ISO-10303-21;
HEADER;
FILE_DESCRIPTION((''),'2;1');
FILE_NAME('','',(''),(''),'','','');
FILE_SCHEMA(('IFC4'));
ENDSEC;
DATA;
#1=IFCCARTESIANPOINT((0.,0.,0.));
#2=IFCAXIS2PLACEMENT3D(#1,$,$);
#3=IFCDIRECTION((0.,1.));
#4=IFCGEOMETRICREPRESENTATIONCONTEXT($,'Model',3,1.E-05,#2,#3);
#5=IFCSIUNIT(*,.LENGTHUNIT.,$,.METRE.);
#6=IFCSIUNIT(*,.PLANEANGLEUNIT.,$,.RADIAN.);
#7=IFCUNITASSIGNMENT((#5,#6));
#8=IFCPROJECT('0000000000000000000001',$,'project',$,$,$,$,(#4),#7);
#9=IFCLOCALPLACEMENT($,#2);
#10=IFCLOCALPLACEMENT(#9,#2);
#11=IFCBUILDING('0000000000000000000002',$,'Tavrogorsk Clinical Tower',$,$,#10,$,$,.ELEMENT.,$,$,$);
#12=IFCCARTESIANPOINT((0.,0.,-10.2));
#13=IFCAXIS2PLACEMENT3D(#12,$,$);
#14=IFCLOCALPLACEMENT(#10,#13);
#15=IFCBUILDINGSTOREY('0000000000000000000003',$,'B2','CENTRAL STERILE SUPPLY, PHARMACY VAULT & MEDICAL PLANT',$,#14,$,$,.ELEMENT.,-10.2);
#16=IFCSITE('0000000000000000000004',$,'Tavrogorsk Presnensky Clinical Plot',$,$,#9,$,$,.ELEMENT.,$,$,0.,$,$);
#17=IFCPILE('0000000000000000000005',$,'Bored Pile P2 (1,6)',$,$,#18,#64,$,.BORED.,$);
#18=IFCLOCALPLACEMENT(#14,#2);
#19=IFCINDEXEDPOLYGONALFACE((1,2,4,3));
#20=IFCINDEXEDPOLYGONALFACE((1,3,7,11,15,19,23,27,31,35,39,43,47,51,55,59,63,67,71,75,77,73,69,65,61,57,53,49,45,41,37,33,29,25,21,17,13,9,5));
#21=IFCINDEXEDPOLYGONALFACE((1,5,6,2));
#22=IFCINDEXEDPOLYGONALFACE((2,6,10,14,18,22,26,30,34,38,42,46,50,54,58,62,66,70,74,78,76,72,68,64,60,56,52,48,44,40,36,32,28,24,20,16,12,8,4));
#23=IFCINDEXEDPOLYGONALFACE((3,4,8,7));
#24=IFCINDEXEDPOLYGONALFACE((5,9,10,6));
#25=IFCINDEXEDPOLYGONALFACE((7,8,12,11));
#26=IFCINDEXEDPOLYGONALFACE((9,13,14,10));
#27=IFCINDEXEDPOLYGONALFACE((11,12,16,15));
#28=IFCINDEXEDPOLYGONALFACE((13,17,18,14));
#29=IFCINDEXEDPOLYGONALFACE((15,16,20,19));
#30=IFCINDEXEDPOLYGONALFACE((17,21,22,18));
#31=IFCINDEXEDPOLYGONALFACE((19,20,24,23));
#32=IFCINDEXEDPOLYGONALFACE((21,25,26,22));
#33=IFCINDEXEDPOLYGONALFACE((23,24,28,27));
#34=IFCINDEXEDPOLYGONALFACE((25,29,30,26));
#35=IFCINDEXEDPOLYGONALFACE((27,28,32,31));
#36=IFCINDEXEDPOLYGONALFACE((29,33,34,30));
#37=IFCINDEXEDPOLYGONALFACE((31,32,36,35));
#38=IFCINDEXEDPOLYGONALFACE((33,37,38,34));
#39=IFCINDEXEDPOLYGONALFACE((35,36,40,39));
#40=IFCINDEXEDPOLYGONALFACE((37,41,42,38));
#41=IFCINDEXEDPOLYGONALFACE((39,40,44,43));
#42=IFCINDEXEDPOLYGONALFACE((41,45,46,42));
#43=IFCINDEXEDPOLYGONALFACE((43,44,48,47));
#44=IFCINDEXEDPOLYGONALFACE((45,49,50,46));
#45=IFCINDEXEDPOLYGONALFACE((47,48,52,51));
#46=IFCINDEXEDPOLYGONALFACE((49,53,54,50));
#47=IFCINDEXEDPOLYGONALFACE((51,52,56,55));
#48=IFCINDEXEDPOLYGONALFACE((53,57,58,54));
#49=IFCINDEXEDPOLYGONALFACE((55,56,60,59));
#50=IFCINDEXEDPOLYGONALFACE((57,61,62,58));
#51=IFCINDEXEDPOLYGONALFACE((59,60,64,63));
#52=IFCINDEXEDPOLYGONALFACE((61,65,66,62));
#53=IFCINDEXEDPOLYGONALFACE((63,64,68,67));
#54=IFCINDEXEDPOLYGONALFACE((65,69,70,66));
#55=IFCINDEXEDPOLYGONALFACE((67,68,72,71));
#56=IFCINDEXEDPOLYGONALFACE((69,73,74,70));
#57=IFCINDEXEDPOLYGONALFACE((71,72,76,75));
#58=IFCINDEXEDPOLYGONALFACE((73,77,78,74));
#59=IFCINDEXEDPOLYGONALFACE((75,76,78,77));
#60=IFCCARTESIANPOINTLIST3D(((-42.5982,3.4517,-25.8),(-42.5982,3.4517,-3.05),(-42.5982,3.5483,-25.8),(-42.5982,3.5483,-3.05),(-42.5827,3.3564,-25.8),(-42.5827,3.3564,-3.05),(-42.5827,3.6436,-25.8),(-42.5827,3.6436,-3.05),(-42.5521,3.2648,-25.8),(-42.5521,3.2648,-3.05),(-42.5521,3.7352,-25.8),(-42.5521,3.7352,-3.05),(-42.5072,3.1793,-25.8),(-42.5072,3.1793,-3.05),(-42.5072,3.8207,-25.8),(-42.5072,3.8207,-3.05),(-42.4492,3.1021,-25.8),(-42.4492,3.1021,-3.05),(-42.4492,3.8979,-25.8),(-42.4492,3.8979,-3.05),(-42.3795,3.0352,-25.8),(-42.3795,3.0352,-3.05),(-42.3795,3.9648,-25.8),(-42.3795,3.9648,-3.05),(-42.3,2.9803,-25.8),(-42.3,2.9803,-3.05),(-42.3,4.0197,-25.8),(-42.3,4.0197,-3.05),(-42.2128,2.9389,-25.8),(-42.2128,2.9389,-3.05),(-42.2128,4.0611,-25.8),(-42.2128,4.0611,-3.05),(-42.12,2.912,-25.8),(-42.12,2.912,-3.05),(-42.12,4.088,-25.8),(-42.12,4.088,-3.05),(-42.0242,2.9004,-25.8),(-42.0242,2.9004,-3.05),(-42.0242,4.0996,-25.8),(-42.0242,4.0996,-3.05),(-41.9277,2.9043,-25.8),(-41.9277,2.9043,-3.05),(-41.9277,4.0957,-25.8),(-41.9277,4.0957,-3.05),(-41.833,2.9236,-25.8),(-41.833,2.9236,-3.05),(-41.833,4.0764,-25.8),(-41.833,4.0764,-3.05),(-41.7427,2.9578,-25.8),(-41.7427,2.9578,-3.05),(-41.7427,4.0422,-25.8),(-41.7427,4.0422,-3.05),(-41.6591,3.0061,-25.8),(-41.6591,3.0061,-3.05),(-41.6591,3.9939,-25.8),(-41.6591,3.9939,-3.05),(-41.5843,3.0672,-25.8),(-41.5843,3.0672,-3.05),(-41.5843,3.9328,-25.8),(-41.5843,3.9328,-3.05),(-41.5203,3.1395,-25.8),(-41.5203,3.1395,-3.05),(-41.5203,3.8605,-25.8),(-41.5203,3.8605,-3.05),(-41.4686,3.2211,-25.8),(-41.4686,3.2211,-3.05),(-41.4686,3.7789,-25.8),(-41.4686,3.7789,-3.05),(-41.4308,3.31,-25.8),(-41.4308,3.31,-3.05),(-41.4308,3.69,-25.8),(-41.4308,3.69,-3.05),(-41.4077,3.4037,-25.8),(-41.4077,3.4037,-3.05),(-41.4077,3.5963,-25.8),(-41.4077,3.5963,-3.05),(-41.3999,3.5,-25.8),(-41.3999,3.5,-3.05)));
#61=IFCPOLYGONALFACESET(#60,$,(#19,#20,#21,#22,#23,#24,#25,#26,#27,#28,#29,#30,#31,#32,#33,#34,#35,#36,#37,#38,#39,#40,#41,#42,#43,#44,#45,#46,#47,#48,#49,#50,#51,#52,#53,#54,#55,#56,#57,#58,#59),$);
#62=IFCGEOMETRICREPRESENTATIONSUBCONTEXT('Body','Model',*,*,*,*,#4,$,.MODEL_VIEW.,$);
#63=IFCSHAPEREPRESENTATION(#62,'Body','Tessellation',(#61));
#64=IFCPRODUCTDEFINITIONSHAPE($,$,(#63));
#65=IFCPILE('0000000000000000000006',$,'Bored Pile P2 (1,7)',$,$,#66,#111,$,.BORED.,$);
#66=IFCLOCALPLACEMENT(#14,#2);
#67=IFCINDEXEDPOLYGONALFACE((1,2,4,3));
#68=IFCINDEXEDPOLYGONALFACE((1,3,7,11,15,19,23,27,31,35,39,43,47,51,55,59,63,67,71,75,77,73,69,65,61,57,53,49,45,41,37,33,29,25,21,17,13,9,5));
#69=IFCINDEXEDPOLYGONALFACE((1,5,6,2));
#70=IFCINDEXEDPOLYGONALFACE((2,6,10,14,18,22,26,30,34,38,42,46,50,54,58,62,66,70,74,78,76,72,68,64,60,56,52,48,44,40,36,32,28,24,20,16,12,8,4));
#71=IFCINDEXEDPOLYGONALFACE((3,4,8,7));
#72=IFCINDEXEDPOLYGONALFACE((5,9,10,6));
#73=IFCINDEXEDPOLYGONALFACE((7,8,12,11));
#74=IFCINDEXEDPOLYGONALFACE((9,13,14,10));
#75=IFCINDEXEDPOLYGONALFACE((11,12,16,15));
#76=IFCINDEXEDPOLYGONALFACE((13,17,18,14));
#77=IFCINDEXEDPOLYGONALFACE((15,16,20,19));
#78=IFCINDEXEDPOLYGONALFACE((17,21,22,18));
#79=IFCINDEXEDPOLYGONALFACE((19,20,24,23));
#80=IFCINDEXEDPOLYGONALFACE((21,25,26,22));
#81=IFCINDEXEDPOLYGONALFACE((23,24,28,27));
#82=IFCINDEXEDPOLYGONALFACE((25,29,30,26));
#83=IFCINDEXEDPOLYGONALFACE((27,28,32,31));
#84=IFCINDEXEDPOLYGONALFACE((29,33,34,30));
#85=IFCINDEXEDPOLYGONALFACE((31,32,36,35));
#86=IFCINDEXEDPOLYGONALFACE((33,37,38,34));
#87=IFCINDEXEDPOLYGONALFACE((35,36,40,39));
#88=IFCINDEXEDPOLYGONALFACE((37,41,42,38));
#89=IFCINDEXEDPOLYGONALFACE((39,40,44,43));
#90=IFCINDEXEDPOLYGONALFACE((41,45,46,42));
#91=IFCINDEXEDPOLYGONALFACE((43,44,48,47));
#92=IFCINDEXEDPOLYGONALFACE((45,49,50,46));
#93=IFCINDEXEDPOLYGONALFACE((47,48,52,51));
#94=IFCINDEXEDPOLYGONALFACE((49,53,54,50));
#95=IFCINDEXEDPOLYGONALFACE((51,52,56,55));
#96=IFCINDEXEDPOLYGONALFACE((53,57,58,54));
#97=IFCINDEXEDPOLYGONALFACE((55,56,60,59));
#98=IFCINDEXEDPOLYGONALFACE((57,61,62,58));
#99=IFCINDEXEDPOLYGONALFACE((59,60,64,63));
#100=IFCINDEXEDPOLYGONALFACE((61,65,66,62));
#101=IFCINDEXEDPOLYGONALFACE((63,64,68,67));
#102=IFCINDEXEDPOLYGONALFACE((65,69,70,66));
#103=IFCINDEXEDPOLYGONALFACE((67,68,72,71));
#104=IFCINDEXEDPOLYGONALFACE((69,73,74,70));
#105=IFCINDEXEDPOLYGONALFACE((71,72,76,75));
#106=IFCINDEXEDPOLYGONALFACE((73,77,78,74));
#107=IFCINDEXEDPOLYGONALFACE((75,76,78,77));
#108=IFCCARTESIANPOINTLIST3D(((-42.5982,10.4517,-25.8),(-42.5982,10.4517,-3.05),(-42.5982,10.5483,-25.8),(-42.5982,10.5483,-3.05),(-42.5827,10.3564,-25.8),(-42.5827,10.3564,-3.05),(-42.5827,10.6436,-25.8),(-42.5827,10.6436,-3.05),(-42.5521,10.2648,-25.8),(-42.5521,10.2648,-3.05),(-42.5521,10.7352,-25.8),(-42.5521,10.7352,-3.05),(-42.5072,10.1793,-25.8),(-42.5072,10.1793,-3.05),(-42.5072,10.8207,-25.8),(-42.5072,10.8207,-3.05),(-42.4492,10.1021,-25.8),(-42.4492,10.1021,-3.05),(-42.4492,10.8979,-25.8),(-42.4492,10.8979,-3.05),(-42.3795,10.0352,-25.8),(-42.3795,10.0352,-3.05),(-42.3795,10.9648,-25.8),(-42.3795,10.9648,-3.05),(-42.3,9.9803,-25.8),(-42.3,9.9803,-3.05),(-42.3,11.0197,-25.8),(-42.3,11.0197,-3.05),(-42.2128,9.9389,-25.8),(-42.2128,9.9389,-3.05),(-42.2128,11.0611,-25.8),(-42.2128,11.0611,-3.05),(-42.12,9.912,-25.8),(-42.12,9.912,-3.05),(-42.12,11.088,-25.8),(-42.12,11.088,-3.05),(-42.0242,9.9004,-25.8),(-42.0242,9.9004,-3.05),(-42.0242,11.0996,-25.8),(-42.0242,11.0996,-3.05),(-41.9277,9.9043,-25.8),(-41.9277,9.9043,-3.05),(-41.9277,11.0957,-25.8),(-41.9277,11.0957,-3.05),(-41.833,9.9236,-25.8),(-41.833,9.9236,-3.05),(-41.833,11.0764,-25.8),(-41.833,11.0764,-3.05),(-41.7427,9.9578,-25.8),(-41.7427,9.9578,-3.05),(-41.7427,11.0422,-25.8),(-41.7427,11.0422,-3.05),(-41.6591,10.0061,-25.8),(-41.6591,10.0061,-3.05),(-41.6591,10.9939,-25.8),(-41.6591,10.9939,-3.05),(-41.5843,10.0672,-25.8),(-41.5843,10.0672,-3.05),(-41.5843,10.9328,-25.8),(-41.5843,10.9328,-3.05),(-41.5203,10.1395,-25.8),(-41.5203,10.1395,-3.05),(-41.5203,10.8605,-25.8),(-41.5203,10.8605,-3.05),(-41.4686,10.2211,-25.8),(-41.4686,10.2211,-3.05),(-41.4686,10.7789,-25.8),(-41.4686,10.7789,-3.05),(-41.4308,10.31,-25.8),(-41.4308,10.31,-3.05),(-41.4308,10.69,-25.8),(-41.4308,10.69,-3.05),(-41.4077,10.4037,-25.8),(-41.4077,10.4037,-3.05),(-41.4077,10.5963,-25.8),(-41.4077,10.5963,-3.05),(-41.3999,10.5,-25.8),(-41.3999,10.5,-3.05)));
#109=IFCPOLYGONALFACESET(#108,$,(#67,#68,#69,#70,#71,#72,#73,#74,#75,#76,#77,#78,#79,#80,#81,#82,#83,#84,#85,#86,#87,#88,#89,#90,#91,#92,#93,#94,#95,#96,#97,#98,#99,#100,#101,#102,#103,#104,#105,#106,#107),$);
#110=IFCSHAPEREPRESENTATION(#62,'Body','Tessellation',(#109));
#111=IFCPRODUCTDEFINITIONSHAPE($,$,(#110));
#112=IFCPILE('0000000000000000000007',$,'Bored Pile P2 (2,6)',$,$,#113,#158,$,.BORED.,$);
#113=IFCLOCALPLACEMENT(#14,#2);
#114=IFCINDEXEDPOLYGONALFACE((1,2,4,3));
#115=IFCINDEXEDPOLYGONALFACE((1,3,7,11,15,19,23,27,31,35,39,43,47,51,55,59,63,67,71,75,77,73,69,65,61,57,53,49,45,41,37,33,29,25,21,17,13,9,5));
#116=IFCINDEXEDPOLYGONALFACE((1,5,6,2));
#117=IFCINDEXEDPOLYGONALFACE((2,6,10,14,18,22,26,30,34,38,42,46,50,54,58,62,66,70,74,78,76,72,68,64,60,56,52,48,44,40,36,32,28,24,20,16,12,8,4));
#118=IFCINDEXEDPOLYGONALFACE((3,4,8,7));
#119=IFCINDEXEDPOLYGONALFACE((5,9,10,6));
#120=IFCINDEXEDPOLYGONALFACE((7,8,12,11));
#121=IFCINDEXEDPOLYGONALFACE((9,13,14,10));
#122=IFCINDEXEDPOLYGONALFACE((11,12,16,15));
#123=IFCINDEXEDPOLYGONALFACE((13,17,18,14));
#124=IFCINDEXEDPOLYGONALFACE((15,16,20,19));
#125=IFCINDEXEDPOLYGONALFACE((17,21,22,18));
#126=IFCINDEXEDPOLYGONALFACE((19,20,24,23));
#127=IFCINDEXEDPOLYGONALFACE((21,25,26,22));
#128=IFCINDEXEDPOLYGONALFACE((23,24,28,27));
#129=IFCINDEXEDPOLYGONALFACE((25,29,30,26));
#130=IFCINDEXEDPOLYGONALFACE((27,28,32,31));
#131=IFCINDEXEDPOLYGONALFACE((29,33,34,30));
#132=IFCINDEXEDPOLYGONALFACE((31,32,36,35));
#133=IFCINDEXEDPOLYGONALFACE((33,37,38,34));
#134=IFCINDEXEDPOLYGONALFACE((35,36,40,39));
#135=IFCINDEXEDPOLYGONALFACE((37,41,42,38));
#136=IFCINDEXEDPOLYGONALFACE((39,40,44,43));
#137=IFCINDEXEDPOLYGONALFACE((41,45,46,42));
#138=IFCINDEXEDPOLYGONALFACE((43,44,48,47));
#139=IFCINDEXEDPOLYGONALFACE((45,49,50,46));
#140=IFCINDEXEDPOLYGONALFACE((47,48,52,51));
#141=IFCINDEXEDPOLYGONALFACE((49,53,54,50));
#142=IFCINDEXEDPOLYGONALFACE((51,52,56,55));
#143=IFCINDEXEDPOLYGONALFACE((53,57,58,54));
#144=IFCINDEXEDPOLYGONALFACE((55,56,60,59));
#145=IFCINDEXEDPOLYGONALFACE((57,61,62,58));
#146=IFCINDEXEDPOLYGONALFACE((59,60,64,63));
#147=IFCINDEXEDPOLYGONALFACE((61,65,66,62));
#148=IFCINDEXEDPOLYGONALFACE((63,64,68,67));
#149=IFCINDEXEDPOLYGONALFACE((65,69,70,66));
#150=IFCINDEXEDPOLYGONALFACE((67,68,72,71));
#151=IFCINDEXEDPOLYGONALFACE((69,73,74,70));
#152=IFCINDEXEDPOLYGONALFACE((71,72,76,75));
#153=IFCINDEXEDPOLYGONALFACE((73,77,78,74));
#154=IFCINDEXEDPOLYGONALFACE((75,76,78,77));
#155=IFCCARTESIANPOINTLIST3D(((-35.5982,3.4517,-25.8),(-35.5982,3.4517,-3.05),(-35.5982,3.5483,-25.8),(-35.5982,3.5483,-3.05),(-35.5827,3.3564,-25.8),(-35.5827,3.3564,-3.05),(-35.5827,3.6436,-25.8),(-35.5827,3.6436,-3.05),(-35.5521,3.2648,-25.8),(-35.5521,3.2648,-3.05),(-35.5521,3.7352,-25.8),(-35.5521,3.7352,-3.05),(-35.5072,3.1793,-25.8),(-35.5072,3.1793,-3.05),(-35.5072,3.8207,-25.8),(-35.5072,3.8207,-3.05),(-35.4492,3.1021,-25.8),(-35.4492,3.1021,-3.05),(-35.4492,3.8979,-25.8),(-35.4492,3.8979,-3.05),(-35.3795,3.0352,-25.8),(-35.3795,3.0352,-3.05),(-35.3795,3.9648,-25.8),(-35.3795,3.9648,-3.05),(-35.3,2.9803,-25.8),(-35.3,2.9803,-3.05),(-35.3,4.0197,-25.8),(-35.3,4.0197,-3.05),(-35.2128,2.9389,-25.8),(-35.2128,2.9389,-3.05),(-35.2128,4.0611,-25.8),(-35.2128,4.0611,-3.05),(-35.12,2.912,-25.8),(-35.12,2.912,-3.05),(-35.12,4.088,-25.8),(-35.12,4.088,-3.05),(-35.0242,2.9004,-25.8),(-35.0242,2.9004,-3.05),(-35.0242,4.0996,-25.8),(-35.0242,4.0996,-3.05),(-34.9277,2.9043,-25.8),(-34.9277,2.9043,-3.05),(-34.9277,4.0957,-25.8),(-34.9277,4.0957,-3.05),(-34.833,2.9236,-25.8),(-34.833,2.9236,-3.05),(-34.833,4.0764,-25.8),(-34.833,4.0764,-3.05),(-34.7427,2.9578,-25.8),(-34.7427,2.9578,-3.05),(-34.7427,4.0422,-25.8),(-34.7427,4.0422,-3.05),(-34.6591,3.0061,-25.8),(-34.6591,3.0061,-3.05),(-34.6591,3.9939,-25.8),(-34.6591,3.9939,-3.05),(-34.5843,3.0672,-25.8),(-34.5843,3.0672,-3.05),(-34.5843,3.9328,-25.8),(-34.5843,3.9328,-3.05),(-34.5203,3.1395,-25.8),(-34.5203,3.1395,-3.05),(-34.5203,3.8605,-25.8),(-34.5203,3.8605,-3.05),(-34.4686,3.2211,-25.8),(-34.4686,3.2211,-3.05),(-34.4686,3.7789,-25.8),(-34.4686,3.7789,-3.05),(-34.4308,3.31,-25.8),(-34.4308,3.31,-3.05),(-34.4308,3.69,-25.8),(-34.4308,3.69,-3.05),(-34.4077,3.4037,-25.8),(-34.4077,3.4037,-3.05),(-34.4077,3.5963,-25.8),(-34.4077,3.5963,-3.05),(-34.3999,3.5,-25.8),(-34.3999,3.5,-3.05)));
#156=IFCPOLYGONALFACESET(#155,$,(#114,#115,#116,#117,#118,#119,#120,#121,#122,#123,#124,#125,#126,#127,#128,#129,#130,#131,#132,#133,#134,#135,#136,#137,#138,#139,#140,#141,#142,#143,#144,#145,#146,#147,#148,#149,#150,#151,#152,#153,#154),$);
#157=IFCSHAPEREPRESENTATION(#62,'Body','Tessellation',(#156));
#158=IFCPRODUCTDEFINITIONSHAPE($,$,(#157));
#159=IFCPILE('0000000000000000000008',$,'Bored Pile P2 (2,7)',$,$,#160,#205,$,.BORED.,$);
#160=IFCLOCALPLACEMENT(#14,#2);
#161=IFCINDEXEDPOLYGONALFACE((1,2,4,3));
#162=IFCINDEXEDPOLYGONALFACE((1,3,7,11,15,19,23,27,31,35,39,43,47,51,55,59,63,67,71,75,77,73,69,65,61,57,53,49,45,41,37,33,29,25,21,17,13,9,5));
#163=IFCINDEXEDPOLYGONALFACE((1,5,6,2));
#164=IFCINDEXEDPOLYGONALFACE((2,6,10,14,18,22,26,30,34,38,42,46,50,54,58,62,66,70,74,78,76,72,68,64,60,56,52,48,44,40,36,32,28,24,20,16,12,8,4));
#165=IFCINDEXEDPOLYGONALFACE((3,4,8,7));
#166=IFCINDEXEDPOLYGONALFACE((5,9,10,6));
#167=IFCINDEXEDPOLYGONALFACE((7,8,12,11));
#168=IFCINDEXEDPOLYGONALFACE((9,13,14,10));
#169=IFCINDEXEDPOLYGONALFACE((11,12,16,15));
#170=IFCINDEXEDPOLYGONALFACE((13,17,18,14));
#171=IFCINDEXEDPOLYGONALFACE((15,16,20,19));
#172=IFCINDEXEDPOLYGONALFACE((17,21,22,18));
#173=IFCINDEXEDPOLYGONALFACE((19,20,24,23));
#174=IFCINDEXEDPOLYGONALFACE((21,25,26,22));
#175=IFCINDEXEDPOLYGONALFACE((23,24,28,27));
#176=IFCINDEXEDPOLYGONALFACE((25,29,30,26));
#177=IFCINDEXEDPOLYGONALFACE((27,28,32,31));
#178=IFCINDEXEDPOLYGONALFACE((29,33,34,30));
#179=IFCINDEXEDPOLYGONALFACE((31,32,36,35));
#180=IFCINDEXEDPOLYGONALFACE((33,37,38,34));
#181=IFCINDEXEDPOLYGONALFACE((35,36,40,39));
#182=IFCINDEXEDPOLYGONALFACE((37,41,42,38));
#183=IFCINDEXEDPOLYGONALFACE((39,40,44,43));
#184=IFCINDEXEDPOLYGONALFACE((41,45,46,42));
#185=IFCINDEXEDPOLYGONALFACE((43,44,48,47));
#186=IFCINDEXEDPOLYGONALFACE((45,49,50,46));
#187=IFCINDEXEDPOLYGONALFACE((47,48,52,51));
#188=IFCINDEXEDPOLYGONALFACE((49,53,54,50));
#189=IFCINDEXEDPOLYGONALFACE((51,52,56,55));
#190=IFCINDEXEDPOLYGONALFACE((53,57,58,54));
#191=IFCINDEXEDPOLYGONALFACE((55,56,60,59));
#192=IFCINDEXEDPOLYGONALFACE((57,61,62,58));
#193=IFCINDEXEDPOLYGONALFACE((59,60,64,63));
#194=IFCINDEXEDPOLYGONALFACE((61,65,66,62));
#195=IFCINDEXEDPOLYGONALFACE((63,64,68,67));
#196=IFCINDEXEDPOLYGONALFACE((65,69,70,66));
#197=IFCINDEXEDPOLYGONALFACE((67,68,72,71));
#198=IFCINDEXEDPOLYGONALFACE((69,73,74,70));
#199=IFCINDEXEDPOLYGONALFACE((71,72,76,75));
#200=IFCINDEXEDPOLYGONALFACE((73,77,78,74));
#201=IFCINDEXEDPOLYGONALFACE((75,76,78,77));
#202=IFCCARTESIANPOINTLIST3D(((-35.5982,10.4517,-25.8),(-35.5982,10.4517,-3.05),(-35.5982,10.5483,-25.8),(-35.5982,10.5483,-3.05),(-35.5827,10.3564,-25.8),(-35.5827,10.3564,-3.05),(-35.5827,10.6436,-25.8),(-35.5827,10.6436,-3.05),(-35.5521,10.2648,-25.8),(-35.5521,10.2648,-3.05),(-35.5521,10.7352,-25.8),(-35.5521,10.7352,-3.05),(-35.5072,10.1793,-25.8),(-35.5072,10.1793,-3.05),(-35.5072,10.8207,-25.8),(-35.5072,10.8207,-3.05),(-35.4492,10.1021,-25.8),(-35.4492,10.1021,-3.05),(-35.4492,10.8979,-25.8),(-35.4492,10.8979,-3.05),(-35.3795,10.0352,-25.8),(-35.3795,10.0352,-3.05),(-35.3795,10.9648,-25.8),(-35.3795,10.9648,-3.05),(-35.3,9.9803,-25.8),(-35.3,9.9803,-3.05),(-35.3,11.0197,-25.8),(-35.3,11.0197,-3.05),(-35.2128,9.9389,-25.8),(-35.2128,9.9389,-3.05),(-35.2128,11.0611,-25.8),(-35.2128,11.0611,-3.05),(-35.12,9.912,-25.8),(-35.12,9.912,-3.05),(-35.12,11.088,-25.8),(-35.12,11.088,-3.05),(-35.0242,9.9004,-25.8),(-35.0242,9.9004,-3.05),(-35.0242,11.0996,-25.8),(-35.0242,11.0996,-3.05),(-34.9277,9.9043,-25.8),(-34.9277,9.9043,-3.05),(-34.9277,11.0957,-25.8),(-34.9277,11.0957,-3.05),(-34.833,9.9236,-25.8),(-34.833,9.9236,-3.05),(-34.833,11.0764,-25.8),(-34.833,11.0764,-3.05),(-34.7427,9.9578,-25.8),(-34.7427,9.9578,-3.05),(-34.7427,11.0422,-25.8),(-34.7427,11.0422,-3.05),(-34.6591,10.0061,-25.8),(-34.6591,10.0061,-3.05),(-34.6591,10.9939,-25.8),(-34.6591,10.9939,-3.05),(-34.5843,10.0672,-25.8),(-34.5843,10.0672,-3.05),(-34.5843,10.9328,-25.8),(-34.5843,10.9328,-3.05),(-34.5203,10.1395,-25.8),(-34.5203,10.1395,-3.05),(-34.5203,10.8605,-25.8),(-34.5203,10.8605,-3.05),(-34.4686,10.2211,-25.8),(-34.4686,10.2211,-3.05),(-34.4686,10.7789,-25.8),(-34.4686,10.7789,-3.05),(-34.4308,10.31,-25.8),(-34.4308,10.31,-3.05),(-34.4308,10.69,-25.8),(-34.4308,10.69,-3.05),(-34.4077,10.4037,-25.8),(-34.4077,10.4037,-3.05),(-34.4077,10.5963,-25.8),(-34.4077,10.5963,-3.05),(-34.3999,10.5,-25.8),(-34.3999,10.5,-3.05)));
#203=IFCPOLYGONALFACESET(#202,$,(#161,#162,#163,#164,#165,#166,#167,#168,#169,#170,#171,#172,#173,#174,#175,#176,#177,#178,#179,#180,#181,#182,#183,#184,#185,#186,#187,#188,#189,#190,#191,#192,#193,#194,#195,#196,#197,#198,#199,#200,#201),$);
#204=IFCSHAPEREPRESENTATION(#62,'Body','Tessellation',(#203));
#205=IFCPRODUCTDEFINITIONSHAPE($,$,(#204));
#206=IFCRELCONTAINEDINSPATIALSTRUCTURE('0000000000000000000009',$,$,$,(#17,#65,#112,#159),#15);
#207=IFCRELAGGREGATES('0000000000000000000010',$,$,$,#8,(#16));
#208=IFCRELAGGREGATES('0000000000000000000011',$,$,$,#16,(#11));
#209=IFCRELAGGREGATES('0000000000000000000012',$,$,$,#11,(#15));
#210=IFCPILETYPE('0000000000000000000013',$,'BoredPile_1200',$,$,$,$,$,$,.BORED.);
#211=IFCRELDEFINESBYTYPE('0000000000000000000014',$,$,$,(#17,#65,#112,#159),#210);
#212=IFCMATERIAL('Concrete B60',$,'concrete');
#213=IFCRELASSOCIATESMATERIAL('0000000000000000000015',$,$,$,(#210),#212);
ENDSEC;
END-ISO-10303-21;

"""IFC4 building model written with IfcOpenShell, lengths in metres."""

from ifc_helpers import new_model, si_unit, direction, frame, origin, origin_2d, place, context, subcontext, project, spatial, circle, extrude, material, material_profile, profile_set, type_object, element, save


model = new_model("IFC4")

# Units and contexts
model_context = context("Model", 3, precision=1e-05, world=origin(), true_north=direction((0.0, 1.0)))
body_context = subcontext(model_context, "Body", "Model", "MODEL_VIEW")
ifc_project = project(units=[si_unit("LENGTHUNIT", "METRE"), si_unit("PLANEANGLEUNIT", "RADIAN")], contexts=[model_context])

# Site, building, storey
site_placement = place(None, origin())
site = spatial("IfcSite", under=ifc_project, at=site_placement, Name="Tavrogorsk Presnensky Clinical Plot", CompositionType="ELEMENT", RefElevation=0.0)
building_placement = place(site_placement, origin())
building = spatial("IfcBuilding", under=site, at=building_placement, Name="Tavrogorsk Clinical Tower", CompositionType="ELEMENT")
storey_placement = place(building_placement, frame((0.0, 0.0, -10.2)))
storey = spatial("IfcBuildingStorey", under=building, at=storey_placement, Name="B2", Description="CENTRAL STERILE SUPPLY, PHARMACY VAULT & MEDICAL PLANT", CompositionType="ELEMENT", Elevation=-10.2)

# Piles
ifc_material_1 = material(Name="Concrete B60", Category="concrete")
ifc_material_profile_1 = material_profile(ifc_material_1, circle(Radius=0.6001, at=origin_2d()), Name="BORED-PILE-1200")
ifc_profile_set_1 = profile_set([ifc_material_profile_1], Name="Concrete B60")
pile_type_1 = type_object("IfcPileType", Name="BoredPile_1200", PredefinedType="BORED", material=ifc_profile_set_1)
for number, where, z_axis, x_axis, name in (
    (1, (-42.0, 3.5, -3.05), (0.0, 0.0, -1.0), (1.0, 0.0, 0.0), "Bored Pile P2 (1,6)"),
    (2, (-42.0, 10.5, -3.05), (0.0, 0.0, -1.0), (1.0, 0.0, 0.0), "Bored Pile P2 (1,7)"),
    (3, (-35.0, 3.5, -3.05), (0.0, 0.0, -1.0), (1.0, 0.0, 0.0), "Bored Pile P2 (2,6)"),
    (4, (-35.0, 10.5, -3.05), (0.0, 0.0, -1.0), (1.0, 0.0, 0.0), "Bored Pile P2 (2,7)"),
):
    element("IfcPile", number, at=place(storey_placement, frame(where, z_axis=z_axis, x_axis=x_axis)), inside=storey, type_object=pile_type_1, Name=name, PredefinedType="BORED", context=body_context, shape_type="SweptSolid", body=[
        extrude(circle(Radius=0.6001, at=origin_2d()), origin(), (0.0, 0.0, 1.0), 22.75),
    ])

save(model, "model.ifc")
